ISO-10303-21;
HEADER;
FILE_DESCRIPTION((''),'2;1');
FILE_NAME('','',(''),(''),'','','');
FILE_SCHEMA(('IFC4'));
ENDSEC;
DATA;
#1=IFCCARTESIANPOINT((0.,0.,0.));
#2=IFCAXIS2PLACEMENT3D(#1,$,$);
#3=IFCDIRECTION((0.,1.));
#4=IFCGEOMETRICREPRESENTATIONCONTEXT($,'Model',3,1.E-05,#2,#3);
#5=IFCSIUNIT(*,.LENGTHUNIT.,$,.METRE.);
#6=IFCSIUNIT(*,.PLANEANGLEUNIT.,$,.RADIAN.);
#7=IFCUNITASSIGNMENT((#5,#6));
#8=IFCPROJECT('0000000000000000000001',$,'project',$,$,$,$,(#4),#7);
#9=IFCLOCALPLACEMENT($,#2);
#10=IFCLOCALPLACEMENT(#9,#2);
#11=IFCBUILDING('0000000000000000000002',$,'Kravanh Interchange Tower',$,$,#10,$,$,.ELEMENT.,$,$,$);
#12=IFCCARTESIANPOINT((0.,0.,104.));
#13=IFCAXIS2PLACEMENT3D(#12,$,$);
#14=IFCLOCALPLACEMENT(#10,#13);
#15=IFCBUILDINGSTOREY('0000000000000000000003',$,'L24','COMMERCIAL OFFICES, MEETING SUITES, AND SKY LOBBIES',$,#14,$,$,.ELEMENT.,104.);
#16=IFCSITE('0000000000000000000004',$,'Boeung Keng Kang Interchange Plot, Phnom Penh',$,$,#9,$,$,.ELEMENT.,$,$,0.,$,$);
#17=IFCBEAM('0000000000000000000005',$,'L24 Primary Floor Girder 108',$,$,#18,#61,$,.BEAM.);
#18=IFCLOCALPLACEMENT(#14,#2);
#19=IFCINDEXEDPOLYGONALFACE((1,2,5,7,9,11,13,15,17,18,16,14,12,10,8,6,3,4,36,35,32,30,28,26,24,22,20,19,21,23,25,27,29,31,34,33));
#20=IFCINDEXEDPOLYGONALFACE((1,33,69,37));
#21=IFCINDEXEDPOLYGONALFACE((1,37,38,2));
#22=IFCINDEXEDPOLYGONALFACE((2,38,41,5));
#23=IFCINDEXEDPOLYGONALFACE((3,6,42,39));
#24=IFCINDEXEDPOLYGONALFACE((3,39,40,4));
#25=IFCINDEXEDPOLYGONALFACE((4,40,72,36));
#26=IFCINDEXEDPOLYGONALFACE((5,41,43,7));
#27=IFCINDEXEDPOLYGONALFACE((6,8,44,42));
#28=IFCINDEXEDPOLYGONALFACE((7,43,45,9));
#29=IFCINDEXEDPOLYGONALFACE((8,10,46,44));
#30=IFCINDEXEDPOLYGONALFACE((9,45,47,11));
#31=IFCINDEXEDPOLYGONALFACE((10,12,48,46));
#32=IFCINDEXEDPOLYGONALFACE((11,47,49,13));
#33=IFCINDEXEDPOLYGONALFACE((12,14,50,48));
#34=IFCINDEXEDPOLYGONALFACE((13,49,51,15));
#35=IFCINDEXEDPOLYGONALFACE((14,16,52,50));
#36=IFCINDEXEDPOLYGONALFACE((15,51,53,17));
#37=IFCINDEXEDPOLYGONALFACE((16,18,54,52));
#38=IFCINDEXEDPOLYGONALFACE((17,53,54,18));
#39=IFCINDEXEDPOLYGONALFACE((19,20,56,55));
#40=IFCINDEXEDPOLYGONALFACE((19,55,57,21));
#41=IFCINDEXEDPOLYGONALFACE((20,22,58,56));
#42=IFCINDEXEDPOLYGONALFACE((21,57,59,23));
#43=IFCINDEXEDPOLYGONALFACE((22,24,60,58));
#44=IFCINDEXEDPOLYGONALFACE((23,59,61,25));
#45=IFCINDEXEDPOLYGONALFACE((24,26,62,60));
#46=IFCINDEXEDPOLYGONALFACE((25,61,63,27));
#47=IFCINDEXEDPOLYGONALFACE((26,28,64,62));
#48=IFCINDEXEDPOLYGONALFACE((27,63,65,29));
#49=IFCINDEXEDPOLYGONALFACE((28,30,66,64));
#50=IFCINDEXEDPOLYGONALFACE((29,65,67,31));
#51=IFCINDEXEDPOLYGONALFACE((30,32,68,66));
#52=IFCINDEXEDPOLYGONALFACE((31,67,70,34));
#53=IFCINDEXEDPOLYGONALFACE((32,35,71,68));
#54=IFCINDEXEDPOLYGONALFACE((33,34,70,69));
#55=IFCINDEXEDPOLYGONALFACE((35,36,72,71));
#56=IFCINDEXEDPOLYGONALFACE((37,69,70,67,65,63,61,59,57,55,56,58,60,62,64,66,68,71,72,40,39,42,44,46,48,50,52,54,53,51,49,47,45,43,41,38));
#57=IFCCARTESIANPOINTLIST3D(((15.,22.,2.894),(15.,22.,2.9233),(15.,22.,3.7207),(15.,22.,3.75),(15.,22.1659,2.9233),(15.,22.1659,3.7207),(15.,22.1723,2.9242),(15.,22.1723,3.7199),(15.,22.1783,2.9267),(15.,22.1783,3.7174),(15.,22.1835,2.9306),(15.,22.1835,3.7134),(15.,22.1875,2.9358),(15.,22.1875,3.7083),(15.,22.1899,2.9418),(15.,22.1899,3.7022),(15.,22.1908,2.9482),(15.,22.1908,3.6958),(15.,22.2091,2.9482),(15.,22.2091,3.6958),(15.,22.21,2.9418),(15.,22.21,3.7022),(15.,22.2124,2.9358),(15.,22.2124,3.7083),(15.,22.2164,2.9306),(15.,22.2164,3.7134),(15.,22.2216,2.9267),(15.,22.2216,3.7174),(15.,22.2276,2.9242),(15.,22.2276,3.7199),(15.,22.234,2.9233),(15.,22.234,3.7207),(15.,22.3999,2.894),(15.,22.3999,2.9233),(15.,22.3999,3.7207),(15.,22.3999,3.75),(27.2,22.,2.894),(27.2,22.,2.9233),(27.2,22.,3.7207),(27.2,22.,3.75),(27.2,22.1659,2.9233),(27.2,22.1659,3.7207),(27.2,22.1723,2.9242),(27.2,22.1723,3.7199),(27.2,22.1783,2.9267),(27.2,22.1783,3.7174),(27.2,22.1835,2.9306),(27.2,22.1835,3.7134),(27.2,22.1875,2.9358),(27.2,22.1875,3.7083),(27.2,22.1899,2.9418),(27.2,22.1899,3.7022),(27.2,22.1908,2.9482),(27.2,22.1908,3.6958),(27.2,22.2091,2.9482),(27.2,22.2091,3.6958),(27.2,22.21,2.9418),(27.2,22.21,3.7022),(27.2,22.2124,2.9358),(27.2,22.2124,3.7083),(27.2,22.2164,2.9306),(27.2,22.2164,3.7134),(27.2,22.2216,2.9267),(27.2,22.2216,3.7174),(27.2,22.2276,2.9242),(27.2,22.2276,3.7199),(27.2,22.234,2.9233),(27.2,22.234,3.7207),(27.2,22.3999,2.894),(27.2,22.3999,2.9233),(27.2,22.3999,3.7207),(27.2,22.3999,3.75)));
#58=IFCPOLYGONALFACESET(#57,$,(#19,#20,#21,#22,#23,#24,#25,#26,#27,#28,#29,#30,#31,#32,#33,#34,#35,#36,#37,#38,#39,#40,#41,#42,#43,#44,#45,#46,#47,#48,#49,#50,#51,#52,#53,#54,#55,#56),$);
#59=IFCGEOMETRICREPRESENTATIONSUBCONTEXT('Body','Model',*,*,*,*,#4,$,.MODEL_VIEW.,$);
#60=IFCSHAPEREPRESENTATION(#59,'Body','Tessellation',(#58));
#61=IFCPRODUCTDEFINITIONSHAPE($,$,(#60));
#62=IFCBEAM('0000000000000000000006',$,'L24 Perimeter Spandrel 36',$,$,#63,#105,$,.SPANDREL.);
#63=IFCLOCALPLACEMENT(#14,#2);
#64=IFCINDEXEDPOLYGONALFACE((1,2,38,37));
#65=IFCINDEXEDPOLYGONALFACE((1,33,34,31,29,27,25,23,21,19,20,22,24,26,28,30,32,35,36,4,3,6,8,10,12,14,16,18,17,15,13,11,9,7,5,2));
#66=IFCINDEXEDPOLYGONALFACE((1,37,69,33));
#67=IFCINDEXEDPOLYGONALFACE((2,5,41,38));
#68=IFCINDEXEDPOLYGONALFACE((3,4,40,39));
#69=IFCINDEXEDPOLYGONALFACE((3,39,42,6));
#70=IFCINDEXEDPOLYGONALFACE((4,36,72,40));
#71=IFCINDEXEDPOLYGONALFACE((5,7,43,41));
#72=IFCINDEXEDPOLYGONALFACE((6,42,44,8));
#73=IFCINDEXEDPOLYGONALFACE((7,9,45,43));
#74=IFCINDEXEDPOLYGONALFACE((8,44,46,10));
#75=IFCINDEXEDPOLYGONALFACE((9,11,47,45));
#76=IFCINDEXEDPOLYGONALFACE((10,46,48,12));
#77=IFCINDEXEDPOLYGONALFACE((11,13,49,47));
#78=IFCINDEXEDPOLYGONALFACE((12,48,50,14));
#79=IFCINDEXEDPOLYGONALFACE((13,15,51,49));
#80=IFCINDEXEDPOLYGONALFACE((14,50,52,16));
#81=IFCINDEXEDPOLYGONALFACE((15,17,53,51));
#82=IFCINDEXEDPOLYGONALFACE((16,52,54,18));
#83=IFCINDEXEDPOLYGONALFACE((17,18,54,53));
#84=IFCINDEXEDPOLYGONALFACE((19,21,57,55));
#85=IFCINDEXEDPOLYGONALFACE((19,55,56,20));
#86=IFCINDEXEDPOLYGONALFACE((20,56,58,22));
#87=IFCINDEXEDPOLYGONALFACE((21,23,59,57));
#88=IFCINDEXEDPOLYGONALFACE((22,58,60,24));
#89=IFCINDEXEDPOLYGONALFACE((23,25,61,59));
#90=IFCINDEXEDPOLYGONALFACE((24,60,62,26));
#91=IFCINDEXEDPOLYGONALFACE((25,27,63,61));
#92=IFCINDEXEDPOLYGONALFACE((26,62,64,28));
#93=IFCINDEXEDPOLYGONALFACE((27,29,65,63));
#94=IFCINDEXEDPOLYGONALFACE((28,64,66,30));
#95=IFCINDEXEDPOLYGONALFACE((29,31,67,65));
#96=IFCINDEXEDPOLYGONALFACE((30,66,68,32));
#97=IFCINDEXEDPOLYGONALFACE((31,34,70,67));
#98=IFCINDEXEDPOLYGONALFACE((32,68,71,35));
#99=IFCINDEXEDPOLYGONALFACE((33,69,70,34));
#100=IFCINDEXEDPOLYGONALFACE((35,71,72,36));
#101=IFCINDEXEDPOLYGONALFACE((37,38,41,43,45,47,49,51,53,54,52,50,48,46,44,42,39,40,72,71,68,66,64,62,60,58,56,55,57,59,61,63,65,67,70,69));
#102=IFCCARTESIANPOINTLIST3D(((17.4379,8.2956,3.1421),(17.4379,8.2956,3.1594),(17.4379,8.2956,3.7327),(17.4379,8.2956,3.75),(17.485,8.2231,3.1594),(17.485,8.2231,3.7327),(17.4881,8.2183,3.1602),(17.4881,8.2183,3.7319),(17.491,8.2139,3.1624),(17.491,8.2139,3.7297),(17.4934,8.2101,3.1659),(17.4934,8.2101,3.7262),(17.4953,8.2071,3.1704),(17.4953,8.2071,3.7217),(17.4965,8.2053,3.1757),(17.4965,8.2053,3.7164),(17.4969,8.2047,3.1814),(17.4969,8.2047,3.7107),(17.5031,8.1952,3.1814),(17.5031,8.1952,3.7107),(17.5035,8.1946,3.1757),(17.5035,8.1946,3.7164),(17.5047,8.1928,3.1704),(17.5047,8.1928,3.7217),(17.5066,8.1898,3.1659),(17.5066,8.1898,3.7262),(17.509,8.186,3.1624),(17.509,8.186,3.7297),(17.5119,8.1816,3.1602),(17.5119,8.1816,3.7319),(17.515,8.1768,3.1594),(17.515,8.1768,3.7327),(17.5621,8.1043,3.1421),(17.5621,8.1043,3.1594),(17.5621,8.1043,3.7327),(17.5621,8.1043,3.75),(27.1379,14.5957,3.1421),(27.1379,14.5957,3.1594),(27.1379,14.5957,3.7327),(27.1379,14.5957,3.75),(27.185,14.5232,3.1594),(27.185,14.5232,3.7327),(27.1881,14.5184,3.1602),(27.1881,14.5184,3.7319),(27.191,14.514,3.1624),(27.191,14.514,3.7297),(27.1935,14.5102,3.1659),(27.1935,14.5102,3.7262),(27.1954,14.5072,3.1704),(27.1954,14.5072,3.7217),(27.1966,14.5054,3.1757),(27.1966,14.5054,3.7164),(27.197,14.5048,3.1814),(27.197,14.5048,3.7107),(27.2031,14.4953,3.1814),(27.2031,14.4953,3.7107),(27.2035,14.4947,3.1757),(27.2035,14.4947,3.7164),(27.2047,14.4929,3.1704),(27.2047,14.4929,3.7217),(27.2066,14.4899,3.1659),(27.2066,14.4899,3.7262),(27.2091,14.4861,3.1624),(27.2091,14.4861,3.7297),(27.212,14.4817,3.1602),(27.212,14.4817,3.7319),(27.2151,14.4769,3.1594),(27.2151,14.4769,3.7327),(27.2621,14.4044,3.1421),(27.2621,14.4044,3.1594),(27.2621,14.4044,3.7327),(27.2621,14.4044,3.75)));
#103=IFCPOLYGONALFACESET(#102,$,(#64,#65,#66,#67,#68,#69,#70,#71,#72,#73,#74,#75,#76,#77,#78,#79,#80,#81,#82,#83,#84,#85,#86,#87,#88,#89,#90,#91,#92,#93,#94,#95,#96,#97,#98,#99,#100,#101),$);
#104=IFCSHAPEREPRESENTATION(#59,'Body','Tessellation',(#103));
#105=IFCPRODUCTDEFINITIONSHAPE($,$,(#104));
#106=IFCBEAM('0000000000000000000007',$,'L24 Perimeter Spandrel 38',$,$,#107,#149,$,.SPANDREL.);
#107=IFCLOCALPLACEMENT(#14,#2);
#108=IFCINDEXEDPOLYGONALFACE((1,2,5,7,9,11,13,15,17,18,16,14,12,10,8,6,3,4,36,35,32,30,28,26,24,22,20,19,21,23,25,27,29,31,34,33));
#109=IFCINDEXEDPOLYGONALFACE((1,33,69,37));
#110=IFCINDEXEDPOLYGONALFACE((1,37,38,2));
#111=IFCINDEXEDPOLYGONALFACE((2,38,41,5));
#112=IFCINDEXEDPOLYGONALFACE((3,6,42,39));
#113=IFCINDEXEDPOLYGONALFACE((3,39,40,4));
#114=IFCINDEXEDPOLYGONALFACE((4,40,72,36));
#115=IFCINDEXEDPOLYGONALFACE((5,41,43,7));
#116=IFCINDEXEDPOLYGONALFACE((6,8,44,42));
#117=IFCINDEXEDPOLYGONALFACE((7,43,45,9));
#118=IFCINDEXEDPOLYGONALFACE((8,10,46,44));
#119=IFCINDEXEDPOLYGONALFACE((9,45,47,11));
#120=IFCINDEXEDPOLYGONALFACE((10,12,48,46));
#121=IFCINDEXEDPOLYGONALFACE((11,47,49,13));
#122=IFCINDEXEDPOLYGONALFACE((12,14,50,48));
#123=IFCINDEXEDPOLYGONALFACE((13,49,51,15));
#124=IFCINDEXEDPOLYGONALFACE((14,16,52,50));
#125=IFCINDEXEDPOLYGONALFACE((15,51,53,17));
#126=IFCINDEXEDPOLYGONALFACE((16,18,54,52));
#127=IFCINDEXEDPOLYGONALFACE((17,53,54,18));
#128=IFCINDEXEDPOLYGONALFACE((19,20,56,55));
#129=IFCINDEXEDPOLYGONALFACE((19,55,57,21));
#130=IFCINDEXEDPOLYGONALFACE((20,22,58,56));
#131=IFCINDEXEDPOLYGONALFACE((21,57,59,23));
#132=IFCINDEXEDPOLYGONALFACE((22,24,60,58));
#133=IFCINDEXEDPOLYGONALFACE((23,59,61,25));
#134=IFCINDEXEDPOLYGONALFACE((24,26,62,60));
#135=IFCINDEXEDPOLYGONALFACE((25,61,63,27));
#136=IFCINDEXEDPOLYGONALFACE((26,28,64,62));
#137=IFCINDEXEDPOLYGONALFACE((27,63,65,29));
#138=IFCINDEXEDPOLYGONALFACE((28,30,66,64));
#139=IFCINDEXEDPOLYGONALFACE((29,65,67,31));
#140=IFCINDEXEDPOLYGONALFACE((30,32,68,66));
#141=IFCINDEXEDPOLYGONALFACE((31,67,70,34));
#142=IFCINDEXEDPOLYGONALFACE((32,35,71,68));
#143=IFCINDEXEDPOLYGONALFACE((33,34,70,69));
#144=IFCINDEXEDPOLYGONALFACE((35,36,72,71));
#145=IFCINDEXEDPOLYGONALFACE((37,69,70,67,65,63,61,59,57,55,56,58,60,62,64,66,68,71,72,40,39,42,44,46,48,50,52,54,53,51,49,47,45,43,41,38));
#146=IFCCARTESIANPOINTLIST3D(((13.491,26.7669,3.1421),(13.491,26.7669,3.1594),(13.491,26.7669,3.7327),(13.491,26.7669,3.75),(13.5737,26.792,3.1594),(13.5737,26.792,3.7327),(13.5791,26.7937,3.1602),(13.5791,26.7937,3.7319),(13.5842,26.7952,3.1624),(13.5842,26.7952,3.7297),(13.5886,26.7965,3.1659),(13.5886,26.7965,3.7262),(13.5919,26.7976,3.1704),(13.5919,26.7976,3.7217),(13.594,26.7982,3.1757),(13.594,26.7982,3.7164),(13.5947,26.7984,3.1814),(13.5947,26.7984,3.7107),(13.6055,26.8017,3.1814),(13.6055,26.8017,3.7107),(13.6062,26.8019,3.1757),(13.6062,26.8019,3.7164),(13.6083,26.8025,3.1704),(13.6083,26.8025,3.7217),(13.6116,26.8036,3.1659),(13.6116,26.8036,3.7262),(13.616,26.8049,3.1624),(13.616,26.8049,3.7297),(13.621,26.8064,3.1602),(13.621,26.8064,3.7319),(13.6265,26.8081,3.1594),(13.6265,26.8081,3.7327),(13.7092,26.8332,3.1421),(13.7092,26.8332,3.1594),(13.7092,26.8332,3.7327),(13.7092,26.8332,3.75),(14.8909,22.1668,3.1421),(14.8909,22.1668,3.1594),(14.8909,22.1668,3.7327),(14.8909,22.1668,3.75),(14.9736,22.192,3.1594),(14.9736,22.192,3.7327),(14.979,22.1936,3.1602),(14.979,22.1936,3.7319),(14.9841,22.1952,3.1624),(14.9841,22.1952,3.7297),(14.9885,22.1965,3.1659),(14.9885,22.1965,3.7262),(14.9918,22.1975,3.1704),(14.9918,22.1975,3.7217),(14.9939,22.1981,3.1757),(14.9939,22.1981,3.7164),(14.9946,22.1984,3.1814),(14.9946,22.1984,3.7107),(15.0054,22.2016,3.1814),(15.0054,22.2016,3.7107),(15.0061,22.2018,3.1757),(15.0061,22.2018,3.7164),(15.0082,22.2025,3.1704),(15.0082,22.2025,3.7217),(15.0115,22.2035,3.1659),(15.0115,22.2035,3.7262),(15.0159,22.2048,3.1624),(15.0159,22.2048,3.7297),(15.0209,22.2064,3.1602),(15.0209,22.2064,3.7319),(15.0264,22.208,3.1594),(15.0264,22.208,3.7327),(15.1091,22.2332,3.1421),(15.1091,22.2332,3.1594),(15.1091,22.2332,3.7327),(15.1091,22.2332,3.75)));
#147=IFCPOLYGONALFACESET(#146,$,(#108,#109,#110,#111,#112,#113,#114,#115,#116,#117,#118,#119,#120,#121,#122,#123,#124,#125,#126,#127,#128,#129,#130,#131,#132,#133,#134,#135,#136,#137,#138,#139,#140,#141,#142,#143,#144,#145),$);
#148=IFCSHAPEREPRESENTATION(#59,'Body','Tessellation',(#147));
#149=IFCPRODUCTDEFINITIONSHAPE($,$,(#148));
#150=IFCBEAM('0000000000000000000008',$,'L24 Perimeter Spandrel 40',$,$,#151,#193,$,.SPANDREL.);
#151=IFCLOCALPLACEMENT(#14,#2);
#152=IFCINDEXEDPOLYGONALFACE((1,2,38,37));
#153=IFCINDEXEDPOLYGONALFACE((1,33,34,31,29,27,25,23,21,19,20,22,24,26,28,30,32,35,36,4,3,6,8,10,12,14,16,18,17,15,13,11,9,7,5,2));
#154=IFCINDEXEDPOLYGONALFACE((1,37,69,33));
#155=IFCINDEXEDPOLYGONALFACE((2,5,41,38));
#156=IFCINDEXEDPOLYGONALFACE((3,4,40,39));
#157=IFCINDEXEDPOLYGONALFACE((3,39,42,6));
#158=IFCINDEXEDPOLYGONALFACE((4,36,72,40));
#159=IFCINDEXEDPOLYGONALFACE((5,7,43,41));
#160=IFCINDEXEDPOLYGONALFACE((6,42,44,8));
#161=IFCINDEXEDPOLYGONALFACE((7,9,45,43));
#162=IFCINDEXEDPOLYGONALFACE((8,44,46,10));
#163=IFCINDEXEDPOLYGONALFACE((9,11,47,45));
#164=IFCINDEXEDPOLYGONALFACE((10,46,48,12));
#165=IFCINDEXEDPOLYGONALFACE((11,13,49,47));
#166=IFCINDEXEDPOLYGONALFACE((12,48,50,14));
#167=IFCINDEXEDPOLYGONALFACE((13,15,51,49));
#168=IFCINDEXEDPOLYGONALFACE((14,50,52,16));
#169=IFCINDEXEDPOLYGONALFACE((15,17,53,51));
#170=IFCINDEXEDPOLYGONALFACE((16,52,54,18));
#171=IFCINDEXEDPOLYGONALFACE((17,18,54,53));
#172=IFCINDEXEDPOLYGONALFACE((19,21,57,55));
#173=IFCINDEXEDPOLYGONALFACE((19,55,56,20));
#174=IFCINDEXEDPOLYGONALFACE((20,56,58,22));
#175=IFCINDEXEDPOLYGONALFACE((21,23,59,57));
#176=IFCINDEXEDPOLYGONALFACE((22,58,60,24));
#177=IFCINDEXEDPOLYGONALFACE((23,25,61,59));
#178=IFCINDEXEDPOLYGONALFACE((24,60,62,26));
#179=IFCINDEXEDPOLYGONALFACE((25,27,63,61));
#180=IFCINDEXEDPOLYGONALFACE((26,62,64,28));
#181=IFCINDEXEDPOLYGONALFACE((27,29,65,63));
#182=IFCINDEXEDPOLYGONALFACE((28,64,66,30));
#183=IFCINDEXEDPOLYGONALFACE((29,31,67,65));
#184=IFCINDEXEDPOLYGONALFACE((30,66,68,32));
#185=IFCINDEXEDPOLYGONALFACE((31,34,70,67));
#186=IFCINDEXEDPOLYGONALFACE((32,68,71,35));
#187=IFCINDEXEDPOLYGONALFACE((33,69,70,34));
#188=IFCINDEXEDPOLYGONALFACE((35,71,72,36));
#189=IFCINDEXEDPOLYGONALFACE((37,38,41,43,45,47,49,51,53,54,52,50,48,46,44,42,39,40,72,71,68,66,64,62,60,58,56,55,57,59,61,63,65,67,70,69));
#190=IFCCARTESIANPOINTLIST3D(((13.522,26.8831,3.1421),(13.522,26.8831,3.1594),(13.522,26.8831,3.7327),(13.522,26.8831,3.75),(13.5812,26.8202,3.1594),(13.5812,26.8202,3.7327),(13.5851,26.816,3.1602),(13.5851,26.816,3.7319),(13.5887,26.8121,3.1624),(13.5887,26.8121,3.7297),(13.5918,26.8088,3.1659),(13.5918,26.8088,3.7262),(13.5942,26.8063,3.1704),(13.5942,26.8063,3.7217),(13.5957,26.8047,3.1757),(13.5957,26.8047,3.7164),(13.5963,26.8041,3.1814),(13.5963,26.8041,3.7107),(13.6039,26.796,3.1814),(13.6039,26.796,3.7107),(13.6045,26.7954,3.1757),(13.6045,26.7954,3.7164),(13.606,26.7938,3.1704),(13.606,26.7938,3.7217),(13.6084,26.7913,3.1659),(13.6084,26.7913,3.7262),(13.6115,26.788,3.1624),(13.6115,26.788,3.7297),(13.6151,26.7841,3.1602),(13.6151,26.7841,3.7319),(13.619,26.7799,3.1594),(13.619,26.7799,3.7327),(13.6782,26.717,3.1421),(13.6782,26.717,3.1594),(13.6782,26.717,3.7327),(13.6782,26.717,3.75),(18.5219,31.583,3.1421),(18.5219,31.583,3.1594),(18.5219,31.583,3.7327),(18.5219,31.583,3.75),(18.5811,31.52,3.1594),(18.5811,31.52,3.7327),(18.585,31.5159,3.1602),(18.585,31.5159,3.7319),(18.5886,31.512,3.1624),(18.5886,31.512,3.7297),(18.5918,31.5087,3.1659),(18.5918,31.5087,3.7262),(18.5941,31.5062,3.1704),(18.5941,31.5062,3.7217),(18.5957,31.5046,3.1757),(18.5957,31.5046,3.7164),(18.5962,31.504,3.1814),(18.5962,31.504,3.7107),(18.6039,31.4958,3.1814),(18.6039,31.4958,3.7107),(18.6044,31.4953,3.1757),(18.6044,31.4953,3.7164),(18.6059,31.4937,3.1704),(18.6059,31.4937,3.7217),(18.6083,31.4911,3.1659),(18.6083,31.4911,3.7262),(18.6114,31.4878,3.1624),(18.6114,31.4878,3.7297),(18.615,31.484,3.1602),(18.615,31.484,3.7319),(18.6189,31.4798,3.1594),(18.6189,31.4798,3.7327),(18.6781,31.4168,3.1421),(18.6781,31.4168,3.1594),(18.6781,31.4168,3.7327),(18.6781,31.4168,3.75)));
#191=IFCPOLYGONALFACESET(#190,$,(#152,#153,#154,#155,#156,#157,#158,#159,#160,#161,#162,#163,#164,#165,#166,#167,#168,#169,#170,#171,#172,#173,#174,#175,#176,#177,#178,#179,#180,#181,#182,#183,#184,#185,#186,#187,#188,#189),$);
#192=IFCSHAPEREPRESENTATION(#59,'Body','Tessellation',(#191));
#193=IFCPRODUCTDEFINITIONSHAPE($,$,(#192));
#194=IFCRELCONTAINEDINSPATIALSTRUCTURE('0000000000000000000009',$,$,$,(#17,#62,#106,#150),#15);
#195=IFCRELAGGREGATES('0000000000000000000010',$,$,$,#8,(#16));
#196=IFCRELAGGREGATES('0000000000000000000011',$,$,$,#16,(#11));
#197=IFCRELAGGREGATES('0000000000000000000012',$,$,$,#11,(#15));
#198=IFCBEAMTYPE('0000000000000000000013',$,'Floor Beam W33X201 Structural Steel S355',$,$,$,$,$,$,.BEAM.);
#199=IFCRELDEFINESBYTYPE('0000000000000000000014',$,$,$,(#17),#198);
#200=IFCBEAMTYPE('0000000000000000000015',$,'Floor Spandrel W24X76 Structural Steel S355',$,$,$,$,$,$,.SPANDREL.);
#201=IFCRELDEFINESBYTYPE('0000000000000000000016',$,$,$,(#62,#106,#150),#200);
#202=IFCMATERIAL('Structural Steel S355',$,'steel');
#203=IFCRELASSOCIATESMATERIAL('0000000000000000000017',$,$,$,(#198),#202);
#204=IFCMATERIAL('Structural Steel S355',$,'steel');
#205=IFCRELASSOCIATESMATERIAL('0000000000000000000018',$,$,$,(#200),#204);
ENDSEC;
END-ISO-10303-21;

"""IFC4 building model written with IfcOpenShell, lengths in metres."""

from ifc_helpers import new_model, si_unit, direction, frame, origin, origin_2d, place, context, subcontext, project, spatial, i_section, extrude, material, material_profile, profile_set, type_object, element, save


model = new_model("IFC4")

# Units and contexts
model_context = context("Model", 3, precision=1e-05, world=origin(), true_north=direction((0.0, 1.0)))
body_context = subcontext(model_context, "Body", "Model", "MODEL_VIEW")
ifc_project = project(units=[si_unit("LENGTHUNIT", "METRE"), si_unit("PLANEANGLEUNIT", "RADIAN")], contexts=[model_context])

# Site, building, storey
site_placement = place(None, origin())
site = spatial("IfcSite", under=ifc_project, at=site_placement, Name="Boeung Keng Kang Interchange Plot, Phnom Penh", CompositionType="ELEMENT", RefElevation=0.0)
building_placement = place(site_placement, origin())
building = spatial("IfcBuilding", under=site, at=building_placement, Name="Kravanh Interchange Tower", CompositionType="ELEMENT")
storey_placement = place(building_placement, frame((0.0, 0.0, 104.0)))
storey = spatial("IfcBuildingStorey", under=building, at=storey_placement, Name="L24", Description="COMMERCIAL OFFICES, MEETING SUITES, AND SKY LOBBIES", CompositionType="ELEMENT", Elevation=104.0)

# Beams
ifc_material_1 = material(Name="Structural Steel S355", Category="steel")
ifc_material_profile_1 = material_profile(ifc_material_1, i_section(OverallWidth=0.3999, OverallDepth=0.856, WebThickness=0.0183, FlangeThickness=0.0293, FilletRadius=0.0249, at=origin_2d()), Name="W33X201")
ifc_profile_set_1 = profile_set([ifc_material_profile_1], Name="Structural Steel S355")
beam_type_1 = type_object("IfcBeamType", Name="Floor Beam W33X201 Structural Steel S355", PredefinedType="BEAM", material=ifc_profile_set_1)
beam_1_placement = place(storey_placement, frame((15.0, 22.2, 3.322), z_axis=(1.0, 0.0, 0.0), x_axis=(0.0, 1.0, 0.0)))
element("IfcBeam", 1, at=beam_1_placement, inside=storey, type_object=beam_type_1, Name="L24 Primary Floor Girder 108", PredefinedType="BEAM", context=body_context, shape_type="SweptSolid", body=[
    extrude(i_section(OverallWidth=0.3999, OverallDepth=0.856, WebThickness=0.0183, FlangeThickness=0.0293, FilletRadius=0.0249, at=origin_2d()), origin(), (0.0, 0.0, 1.0), 12.2),
])
ifc_material_2 = material(Name="Structural Steel S355", Category="steel")
ifc_material_profile_2 = material_profile(ifc_material_2, i_section(OverallWidth=0.228, OverallDepth=0.6079, WebThickness=0.0112, FlangeThickness=0.0173, FilletRadius=0.022, at=origin_2d()), Name="W24X76")
ifc_profile_set_2 = profile_set([ifc_material_profile_2], Name="Structural Steel S355")
beam_type_2 = type_object("IfcBeamType", Name="Floor Spandrel W24X76 Structural Steel S355", PredefinedType="SPANDREL", material=ifc_profile_set_2)
beam_2_placement = place(storey_placement, frame((17.5, 8.2, 3.446), z_axis=(0.838638, 0.544689, 0.0), x_axis=(-0.544689, 0.838638, 0.0)))
element("IfcBeam", 2, at=beam_2_placement, inside=storey, type_object=beam_type_2, Name="L24 Perimeter Spandrel 36", PredefinedType="SPANDREL", context=body_context, shape_type="SweptSolid", body=[
    extrude(i_section(OverallWidth=0.228, OverallDepth=0.6079, WebThickness=0.0112, FlangeThickness=0.0173, FilletRadius=0.022, at=origin_2d()), origin(), (0.0, 0.0, 1.0), 11.5664),
])
beam_3_placement = place(storey_placement, frame((13.6001, 26.8, 3.446), z_axis=(0.291137, -0.956681, 0.0), x_axis=(0.956681, 0.291137, 0.0)))
element("IfcBeam", 3, at=beam_3_placement, inside=storey, type_object=beam_type_2, Name="L24 Perimeter Spandrel 38", PredefinedType="SPANDREL", context=body_context, shape_type="SweptSolid", body=[
    extrude(i_section(OverallWidth=0.228, OverallDepth=0.6079, WebThickness=0.0112, FlangeThickness=0.0173, FilletRadius=0.022, at=origin_2d()), origin(), (0.0, 0.0, 1.0), 4.8083),
])
beam_4_placement = place(storey_placement, frame((13.6001, 26.8, 3.446), z_axis=(0.728631, 0.684906, 0.0), x_axis=(-0.684906, 0.728631, 0.0)))
element("IfcBeam", 4, at=beam_4_placement, inside=storey, type_object=beam_type_2, Name="L24 Perimeter Spandrel 40", PredefinedType="SPANDREL", context=body_context, shape_type="SweptSolid", body=[
    extrude(i_section(OverallWidth=0.228, OverallDepth=0.6079, WebThickness=0.0112, FlangeThickness=0.0173, FilletRadius=0.022, at=origin_2d()), origin(), (0.0, 0.0, 1.0), 6.8621),
])

save(model, "model.ifc")
